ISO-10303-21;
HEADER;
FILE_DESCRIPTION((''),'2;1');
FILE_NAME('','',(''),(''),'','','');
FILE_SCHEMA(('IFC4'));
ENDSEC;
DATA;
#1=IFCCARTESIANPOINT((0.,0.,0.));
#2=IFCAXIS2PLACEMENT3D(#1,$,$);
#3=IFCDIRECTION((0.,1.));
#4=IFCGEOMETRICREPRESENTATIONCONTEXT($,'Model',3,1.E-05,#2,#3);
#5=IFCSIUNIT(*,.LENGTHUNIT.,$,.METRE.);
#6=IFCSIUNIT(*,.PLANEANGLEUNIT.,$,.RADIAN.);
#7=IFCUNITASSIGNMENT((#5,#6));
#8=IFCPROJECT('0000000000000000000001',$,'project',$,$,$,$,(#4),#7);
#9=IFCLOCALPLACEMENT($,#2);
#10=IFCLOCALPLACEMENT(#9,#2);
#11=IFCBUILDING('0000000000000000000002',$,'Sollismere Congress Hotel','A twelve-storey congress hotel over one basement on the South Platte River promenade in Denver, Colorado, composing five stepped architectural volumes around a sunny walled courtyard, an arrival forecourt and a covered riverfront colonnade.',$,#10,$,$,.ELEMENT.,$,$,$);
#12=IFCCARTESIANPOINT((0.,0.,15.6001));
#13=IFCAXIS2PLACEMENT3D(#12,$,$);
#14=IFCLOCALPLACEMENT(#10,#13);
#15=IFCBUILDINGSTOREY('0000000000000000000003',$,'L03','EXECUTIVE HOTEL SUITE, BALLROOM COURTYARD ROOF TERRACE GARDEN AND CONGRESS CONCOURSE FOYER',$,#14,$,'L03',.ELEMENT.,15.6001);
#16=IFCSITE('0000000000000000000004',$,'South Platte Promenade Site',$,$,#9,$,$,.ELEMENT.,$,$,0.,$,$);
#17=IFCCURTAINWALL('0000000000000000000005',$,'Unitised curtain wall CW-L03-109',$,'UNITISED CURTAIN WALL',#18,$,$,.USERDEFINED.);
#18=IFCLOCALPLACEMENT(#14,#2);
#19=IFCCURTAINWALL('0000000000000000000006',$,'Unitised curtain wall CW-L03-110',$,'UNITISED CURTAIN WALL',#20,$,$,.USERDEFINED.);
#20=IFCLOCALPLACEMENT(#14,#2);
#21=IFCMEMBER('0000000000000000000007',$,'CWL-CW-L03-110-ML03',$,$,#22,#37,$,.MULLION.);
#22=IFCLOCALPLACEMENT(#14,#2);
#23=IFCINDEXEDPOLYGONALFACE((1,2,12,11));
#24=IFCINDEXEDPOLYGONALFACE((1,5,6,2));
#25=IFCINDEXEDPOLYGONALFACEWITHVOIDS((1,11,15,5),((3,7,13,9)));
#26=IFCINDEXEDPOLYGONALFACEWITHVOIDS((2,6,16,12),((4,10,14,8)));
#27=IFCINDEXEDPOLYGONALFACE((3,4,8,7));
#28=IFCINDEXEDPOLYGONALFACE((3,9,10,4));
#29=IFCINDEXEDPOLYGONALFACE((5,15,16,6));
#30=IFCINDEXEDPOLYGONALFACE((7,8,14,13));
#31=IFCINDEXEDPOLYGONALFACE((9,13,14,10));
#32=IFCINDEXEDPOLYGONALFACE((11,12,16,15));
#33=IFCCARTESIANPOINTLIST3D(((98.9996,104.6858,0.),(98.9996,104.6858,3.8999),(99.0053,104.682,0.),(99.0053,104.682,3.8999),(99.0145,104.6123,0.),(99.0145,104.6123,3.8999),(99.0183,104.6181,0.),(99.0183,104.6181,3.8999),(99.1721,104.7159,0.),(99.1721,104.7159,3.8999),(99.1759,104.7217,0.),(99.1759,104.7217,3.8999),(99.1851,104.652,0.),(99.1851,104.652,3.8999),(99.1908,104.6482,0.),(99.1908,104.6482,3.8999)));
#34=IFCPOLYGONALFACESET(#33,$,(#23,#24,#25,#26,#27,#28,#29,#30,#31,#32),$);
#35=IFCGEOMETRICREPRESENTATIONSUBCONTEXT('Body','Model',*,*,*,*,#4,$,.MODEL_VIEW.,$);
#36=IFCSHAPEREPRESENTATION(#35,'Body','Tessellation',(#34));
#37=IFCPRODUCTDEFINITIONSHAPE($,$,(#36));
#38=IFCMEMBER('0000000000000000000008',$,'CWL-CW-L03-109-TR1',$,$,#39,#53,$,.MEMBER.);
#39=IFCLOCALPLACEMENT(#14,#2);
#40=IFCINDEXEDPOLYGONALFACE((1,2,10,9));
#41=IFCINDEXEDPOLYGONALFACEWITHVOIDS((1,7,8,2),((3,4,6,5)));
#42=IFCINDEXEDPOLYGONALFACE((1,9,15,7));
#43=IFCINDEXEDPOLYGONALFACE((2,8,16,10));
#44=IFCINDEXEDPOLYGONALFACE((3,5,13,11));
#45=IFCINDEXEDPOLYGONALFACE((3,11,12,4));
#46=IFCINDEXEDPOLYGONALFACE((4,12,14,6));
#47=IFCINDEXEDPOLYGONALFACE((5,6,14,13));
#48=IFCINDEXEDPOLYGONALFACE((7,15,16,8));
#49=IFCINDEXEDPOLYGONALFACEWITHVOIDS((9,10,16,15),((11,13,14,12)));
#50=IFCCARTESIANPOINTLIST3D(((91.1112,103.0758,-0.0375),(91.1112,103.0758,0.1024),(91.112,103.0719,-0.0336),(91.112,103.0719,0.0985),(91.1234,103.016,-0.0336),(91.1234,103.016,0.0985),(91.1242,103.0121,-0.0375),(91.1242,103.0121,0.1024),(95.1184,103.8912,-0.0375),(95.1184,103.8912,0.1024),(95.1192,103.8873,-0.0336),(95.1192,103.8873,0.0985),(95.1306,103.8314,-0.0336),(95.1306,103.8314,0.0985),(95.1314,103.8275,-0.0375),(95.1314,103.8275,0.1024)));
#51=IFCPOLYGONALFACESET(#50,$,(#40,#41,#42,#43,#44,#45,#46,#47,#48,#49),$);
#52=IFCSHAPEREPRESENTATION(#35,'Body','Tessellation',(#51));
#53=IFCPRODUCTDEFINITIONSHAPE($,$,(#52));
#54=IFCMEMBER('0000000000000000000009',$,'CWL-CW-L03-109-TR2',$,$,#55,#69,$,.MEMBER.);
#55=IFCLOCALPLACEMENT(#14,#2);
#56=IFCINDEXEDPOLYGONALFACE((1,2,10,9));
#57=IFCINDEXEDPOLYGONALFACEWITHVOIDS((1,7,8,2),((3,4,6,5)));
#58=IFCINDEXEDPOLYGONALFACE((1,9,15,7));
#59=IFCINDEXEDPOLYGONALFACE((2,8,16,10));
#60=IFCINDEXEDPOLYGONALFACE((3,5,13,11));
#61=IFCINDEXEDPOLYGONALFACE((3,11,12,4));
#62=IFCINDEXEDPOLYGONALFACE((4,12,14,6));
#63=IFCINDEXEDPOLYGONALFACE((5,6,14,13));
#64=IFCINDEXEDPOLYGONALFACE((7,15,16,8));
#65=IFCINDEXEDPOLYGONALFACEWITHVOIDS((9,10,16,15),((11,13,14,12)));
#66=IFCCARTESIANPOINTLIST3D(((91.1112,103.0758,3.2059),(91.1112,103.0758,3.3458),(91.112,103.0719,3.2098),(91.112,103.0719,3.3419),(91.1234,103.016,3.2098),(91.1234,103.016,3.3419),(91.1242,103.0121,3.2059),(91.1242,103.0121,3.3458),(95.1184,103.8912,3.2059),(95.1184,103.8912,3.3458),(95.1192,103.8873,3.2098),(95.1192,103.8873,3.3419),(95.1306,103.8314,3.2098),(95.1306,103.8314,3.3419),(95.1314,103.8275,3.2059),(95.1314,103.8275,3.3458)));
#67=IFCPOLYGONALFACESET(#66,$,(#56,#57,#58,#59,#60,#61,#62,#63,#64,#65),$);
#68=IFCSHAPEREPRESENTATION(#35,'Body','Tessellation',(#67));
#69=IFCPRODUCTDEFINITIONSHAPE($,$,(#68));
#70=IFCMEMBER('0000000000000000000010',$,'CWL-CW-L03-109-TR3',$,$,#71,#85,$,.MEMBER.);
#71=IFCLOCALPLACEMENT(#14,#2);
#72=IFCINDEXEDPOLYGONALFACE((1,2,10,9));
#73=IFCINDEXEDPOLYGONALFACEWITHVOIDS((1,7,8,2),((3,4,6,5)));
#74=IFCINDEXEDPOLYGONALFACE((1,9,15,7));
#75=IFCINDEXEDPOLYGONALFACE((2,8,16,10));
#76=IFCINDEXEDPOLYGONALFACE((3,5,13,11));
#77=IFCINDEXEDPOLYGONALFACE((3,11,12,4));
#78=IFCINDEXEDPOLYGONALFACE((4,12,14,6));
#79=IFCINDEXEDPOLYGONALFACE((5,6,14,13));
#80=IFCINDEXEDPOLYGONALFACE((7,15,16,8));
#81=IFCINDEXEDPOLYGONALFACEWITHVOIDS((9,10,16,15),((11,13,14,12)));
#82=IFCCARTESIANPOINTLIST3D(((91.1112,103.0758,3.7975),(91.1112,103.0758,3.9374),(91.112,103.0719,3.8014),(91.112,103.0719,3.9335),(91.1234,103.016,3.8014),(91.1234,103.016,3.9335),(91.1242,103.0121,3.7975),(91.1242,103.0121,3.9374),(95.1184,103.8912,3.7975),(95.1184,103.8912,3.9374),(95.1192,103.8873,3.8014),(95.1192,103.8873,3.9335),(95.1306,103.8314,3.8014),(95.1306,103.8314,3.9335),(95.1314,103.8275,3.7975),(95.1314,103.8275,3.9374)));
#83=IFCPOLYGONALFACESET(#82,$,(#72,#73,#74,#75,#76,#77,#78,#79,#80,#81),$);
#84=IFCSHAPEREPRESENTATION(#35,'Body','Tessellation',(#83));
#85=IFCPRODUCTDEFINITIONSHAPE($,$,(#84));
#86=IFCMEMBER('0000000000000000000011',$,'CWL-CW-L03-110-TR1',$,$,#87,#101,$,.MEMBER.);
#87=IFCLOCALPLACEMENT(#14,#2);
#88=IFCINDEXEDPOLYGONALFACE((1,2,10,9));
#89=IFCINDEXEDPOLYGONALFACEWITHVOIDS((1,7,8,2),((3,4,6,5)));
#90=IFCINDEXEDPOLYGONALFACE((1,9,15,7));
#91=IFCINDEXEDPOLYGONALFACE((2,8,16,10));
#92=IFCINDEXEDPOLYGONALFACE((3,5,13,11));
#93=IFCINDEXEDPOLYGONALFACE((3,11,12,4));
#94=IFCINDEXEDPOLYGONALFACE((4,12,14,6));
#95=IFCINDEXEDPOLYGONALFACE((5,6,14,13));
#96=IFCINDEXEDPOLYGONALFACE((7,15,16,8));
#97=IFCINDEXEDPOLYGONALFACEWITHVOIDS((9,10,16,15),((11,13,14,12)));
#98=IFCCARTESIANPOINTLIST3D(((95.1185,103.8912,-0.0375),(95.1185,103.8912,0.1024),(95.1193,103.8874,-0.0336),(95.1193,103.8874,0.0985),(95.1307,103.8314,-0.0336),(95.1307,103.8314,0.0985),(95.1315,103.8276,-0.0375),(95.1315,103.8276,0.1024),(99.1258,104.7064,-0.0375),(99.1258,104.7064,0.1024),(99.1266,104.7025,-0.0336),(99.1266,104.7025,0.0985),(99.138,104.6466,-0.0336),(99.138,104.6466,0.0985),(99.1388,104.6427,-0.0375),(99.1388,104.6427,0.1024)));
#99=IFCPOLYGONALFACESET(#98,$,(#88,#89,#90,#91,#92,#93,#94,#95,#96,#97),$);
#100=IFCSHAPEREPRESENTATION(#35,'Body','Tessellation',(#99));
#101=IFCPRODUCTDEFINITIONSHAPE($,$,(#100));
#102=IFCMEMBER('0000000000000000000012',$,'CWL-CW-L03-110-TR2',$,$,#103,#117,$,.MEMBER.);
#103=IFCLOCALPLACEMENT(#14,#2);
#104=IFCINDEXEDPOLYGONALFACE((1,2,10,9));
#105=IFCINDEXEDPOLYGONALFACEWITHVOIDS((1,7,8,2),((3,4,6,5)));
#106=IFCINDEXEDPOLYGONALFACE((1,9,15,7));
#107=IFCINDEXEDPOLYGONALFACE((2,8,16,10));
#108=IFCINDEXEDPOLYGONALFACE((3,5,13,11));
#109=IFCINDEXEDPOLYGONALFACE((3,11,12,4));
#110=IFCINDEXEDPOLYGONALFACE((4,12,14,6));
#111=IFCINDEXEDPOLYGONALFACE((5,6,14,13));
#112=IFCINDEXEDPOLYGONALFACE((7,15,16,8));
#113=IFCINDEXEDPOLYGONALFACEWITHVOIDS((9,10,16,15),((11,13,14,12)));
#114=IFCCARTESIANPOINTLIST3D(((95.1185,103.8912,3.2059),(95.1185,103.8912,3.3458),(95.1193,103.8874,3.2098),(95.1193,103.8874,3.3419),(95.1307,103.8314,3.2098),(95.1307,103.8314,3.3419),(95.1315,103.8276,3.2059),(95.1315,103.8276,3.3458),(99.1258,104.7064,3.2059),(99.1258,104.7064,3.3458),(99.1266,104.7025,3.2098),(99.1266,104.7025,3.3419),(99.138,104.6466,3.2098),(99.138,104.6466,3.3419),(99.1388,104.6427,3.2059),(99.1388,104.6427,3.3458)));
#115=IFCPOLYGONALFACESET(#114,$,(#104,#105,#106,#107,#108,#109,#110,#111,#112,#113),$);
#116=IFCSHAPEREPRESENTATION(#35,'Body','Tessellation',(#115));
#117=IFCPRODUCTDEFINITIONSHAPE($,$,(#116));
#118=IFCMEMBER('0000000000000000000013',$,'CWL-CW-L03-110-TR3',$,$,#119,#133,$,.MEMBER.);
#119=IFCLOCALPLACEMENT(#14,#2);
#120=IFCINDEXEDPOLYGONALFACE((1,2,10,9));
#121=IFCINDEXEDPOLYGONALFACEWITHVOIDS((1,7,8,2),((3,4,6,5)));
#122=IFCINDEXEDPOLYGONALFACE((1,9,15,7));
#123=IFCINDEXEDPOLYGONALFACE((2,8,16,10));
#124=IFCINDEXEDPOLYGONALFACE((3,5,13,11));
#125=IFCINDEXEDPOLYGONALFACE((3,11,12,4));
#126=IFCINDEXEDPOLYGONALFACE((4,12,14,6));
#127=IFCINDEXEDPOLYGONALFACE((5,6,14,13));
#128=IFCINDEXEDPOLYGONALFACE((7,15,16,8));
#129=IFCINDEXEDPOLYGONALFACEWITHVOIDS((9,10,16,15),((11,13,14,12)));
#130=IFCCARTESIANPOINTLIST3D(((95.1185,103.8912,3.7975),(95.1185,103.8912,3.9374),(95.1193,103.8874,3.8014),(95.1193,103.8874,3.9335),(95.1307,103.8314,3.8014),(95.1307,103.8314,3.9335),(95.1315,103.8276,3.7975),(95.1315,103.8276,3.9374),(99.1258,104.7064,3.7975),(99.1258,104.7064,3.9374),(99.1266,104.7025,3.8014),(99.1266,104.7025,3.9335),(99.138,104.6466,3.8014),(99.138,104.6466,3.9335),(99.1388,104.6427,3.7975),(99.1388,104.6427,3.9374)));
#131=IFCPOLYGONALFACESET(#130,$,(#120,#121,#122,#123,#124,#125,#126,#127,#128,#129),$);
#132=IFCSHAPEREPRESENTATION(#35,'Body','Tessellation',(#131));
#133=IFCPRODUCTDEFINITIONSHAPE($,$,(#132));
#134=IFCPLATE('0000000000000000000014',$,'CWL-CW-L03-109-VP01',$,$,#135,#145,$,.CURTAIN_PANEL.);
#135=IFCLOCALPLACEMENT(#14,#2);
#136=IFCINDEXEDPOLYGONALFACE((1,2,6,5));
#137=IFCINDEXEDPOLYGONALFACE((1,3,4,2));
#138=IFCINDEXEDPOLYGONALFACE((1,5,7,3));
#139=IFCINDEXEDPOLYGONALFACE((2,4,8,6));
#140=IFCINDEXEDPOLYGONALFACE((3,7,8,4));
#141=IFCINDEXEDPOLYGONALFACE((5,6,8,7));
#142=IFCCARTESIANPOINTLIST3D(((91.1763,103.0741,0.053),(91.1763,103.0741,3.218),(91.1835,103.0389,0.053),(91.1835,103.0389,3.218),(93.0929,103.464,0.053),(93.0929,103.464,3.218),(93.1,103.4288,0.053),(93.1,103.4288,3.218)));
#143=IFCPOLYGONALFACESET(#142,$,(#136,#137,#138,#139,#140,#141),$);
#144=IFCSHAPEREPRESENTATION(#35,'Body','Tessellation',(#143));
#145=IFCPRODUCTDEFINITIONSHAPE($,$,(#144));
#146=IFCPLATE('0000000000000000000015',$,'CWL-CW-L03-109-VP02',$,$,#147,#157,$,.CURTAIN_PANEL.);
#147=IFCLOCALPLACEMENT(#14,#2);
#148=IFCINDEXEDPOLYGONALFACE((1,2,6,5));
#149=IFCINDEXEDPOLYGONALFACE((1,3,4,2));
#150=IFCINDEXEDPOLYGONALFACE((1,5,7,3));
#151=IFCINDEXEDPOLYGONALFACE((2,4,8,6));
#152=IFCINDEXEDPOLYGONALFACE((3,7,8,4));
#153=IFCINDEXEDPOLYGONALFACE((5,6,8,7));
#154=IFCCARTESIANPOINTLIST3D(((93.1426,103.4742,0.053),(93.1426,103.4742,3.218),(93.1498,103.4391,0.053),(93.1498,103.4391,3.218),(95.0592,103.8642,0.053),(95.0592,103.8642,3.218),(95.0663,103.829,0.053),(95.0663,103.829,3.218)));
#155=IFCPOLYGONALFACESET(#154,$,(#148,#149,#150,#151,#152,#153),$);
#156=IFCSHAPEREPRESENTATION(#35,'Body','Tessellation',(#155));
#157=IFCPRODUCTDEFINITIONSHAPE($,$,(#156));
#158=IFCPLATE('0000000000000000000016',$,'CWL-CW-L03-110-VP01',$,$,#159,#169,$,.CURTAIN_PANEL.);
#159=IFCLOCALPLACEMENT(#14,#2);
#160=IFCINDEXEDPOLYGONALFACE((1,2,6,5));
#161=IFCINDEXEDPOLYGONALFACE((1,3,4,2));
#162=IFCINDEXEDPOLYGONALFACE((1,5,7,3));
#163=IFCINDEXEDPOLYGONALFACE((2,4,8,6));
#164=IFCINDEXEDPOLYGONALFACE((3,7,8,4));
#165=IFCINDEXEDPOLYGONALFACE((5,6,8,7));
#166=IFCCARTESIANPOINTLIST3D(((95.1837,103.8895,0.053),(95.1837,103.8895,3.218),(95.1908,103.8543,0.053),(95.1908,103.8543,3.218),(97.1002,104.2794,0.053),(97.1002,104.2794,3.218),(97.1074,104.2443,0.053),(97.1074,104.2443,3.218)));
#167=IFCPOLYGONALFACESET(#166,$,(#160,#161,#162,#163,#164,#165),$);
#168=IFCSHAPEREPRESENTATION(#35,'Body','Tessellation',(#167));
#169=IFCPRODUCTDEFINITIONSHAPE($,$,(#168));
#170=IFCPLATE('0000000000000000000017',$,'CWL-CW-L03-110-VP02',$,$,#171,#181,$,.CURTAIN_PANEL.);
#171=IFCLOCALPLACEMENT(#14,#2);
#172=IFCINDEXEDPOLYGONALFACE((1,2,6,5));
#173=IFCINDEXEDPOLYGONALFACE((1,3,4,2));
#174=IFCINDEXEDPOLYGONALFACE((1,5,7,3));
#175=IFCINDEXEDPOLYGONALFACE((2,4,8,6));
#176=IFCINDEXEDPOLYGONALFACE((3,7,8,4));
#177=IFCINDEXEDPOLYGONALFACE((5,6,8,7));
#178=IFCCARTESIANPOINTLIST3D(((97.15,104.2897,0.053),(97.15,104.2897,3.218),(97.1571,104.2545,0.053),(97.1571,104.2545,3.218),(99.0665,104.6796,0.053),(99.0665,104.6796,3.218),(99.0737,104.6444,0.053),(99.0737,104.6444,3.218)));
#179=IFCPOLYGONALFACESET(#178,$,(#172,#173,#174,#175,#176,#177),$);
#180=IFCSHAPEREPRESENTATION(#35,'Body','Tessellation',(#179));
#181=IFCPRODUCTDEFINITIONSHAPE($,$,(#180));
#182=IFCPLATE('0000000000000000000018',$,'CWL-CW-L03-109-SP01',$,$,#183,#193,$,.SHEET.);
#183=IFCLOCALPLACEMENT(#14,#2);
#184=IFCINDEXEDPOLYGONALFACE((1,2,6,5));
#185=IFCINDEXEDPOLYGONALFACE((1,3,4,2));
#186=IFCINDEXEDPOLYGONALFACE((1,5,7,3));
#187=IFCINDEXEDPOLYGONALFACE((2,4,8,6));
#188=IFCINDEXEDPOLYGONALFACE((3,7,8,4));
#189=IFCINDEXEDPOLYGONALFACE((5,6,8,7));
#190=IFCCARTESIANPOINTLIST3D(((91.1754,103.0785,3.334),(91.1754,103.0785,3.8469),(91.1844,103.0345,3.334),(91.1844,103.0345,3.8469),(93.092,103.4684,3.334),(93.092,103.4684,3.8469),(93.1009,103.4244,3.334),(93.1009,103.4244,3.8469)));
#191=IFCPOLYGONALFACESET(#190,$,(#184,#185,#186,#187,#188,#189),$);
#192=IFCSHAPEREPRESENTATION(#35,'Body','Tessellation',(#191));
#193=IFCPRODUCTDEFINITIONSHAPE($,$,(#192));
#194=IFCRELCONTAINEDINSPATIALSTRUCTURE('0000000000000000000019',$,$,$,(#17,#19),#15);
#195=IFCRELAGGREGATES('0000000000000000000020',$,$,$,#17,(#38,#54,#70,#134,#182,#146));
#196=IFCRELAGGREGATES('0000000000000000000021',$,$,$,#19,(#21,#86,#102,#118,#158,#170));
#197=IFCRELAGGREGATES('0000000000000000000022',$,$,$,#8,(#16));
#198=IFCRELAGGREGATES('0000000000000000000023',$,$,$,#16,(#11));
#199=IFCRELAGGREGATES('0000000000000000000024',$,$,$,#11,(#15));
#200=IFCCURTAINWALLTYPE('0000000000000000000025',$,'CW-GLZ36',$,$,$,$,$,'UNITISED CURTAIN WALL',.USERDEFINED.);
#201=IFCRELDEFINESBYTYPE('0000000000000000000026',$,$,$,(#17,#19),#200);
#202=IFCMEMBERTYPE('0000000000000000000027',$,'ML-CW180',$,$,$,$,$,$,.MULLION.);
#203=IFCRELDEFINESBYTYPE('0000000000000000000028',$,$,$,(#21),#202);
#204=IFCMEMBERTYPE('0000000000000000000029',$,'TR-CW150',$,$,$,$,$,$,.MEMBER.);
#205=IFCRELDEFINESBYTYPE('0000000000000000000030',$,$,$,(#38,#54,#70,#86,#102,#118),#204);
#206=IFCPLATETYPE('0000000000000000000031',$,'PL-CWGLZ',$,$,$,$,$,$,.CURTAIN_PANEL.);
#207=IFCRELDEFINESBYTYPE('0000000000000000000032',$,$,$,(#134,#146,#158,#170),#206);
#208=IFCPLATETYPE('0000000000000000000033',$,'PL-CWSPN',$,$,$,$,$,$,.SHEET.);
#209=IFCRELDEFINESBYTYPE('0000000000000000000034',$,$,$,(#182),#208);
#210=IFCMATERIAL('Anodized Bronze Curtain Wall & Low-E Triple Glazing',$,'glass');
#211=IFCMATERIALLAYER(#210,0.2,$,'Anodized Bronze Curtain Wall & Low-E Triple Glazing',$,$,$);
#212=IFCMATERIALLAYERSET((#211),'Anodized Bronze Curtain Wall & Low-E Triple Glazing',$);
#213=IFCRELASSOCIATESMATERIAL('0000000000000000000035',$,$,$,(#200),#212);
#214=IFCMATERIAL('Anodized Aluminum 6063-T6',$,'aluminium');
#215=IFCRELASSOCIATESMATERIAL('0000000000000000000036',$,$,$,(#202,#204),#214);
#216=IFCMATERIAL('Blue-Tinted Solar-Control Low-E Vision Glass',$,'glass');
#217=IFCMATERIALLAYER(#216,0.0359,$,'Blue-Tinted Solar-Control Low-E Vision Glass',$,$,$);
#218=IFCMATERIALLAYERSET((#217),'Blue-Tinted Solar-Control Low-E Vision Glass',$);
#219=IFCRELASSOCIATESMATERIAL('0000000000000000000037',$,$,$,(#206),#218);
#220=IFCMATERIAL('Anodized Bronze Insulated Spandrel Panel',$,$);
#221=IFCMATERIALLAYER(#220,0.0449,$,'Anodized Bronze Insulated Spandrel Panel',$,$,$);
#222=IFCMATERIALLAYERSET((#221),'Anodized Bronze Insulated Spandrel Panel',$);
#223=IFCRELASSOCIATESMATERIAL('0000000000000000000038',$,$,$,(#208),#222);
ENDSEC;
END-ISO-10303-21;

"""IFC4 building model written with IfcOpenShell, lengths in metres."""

from ifc_helpers import new_model, si_unit, direction, frame, origin, origin_2d, place, context, subcontext, project, spatial, rectangle, hollow_rectangle, extrude, material, layer, layer_set, material_profile, profile_set, type_object, element, aggregate, save


model = new_model("IFC4")

# Units and contexts
model_context = context("Model", 3, precision=1e-05, world=origin(), true_north=direction((0.0, 1.0)))
body_context = subcontext(model_context, "Body", "Model", "MODEL_VIEW")
ifc_project = project(units=[si_unit("LENGTHUNIT", "METRE"), si_unit("PLANEANGLEUNIT", "RADIAN")], contexts=[model_context])

# Site, building, storey
site_placement = place(None, origin())
site = spatial("IfcSite", under=ifc_project, at=site_placement, Name="South Platte Promenade Site", CompositionType="ELEMENT", RefElevation=0.0)
building_placement = place(site_placement, origin())
building = spatial("IfcBuilding", under=site, at=building_placement, Name="Sollismere Congress Hotel", Description="A twelve-storey congress hotel over one basement on the South Platte River promenade in Denver, Colorado, composing five stepped architectural volumes around a sunny walled courtyard, an arrival forecourt and a covered riverfront colonnade.", CompositionType="ELEMENT")
storey_placement = place(building_placement, frame((0.0, 0.0, 15.6001)))
storey = spatial("IfcBuildingStorey", under=building, at=storey_placement, Name="L03", Description="EXECUTIVE HOTEL SUITE, BALLROOM COURTYARD ROOF TERRACE GARDEN AND CONGRESS CONCOURSE FOYER", LongName="L03", CompositionType="ELEMENT", Elevation=15.6001)

# Curtain walls, member
ifc_material_1 = material(Name="Anodized Bronze Curtain Wall & Low-E Triple Glazing", Category="glass")
ifc_layer_1 = layer(ifc_material_1, 0.2, Name="Anodized Bronze Curtain Wall & Low-E Triple Glazing")
ifc_layer_set_1 = layer_set([ifc_layer_1], Name="Anodized Bronze Curtain Wall & Low-E Triple Glazing")
curtain_wall_type = type_object("IfcCurtainWallType", Name="CW-GLZ36", ElementType="UNITISED CURTAIN WALL", PredefinedType="USERDEFINED", material=ifc_layer_set_1)
curtain_wall_1_placement = place(storey_placement, origin())
curtain_wall_1 = element("IfcCurtainWall", 1, at=curtain_wall_1_placement, inside=storey, type_object=curtain_wall_type, Name="Unitised curtain wall CW-L03-109", ObjectType="UNITISED CURTAIN WALL", PredefinedType="USERDEFINED")
ifc_material_2 = material(Name="Anodized Aluminum 6063-T6", Category="aluminium")
ifc_material_profile_1 = material_profile(ifc_material_2, hollow_rectangle(XDim=0.075, YDim=0.1799, WallThickness=0.0049, at=origin_2d()), Name="ALU180X75X5")
ifc_profile_set_1 = profile_set([ifc_material_profile_1], Name="Anodized Aluminum 6063-T6")
member_type_1 = type_object("IfcMemberType", Name="ML-CW180", PredefinedType="MULLION", material=ifc_profile_set_1)
curtain_wall_2_placement = place(storey_placement, origin())
curtain_wall_2 = element("IfcCurtainWall", 2, at=curtain_wall_2_placement, inside=storey, type_object=curtain_wall_type, Name="Unitised curtain wall CW-L03-110", ObjectType="UNITISED CURTAIN WALL", PredefinedType="USERDEFINED")
member_1_placement = place(storey_placement, frame((99.0952, 104.667, 0.0), z_axis=(0.0, 0.0, 1.0), x_axis=(-0.199368, 0.979925, 0.0)))
member_1 = element("IfcMember", 3, at=member_1_placement, type_object=member_type_1, Name="CWL-CW-L03-110-ML03", PredefinedType="MULLION", context=body_context, shape_type="SweptSolid", body=[
    extrude(hollow_rectangle(XDim=0.075, YDim=0.1799, WallThickness=0.0049, at=origin_2d()), origin(), (0.0, 0.0, 1.0), 3.8999),
])

# Members
ifc_material_profile_2 = material_profile(ifc_material_2, hollow_rectangle(XDim=0.0649, YDim=0.1399, WallThickness=0.0039, at=origin_2d()), Name="ALU140X65X4")
ifc_profile_set_2 = profile_set([ifc_material_profile_2], Name="Anodized Aluminum 6063-T6")
member_type_2 = type_object("IfcMemberType", Name="TR-CW150", PredefinedType="MEMBER", material=ifc_profile_set_2)
member_2_placement = place(storey_placement, frame((91.1177, 103.0439, 0.0325), z_axis=(0.979918, 0.199399, 0.0), x_axis=(-0.199399, 0.979918, 0.0)))
member_2 = element("IfcMember", 4, at=member_2_placement, type_object=member_type_2, Name="CWL-CW-L03-109-TR1", PredefinedType="MEMBER", context=body_context, shape_type="SweptSolid", body=[
    extrude(hollow_rectangle(XDim=0.0649, YDim=0.1399, WallThickness=0.0039, at=origin_2d()), origin(), (0.0, 0.0, 1.0), 4.0894),
])
member_3_placement = place(storey_placement, frame((91.1177, 103.0439, 3.2759), z_axis=(0.979918, 0.199399, 0.0), x_axis=(-0.199399, 0.979918, 0.0)))
member_3 = element("IfcMember", 5, at=member_3_placement, type_object=member_type_2, Name="CWL-CW-L03-109-TR2", PredefinedType="MEMBER", context=body_context, shape_type="SweptSolid", body=[
    extrude(hollow_rectangle(XDim=0.0649, YDim=0.1399, WallThickness=0.0039, at=origin_2d()), origin(), (0.0, 0.0, 1.0), 4.0894),
])
member_4_placement = place(storey_placement, frame((91.1177, 103.0439, 3.8674), z_axis=(0.979918, 0.199399, 0.0), x_axis=(-0.199399, 0.979918, 0.0)))
member_4 = element("IfcMember", 6, at=member_4_placement, type_object=member_type_2, Name="CWL-CW-L03-109-TR3", PredefinedType="MEMBER", context=body_context, shape_type="SweptSolid", body=[
    extrude(hollow_rectangle(XDim=0.0649, YDim=0.1399, WallThickness=0.0039, at=origin_2d()), origin(), (0.0, 0.0, 1.0), 4.0894),
])
member_5_placement = place(storey_placement, frame((95.125, 103.8594, 0.0325), z_axis=(0.97993, 0.199341, 0.0), x_axis=(-0.199341, 0.97993, 0.0)))
member_5 = element("IfcMember", 7, at=member_5_placement, type_object=member_type_2, Name="CWL-CW-L03-110-TR1", PredefinedType="MEMBER", context=body_context, shape_type="SweptSolid", body=[
    extrude(hollow_rectangle(XDim=0.0649, YDim=0.1399, WallThickness=0.0039, at=origin_2d()), origin(), (0.0, 0.0, 1.0), 4.0894),
])
member_6_placement = place(storey_placement, frame((95.125, 103.8594, 3.2759), z_axis=(0.97993, 0.199341, 0.0), x_axis=(-0.199341, 0.97993, 0.0)))
member_6 = element("IfcMember", 8, at=member_6_placement, type_object=member_type_2, Name="CWL-CW-L03-110-TR2", PredefinedType="MEMBER", context=body_context, shape_type="SweptSolid", body=[
    extrude(hollow_rectangle(XDim=0.0649, YDim=0.1399, WallThickness=0.0039, at=origin_2d()), origin(), (0.0, 0.0, 1.0), 4.0894),
])
member_7_placement = place(storey_placement, frame((95.125, 103.8594, 3.8674), z_axis=(0.97993, 0.199341, 0.0), x_axis=(-0.199341, 0.97993, 0.0)))
member_7 = element("IfcMember", 9, at=member_7_placement, type_object=member_type_2, Name="CWL-CW-L03-110-TR3", PredefinedType="MEMBER", context=body_context, shape_type="SweptSolid", body=[
    extrude(hollow_rectangle(XDim=0.0649, YDim=0.1399, WallThickness=0.0039, at=origin_2d()), origin(), (0.0, 0.0, 1.0), 4.0894),
])

# Plates
ifc_material_3 = material(Name="Blue-Tinted Solar-Control Low-E Vision Glass", Category="glass")
ifc_layer_2 = layer(ifc_material_3, 0.0359, Name="Blue-Tinted Solar-Control Low-E Vision Glass")
ifc_layer_set_2 = layer_set([ifc_layer_2], Name="Blue-Tinted Solar-Control Low-E Vision Glass")
plate_type_1 = type_object("IfcPlateType", Name="PL-CWGLZ", PredefinedType="CURTAIN_PANEL", material=ifc_layer_set_2)
plate_1_placement = place(storey_placement, frame((92.1382, 103.2515, 0.053), z_axis=(0.0, 0.0, 1.0), x_axis=(0.979925, 0.199368, 0.0)))
plate_1 = element("IfcPlate", 10, at=plate_1_placement, type_object=plate_type_1, Name="CWL-CW-L03-109-VP01", PredefinedType="CURTAIN_PANEL", context=body_context, shape_type="SweptSolid", body=[
    extrude(rectangle(XDim=1.9558, YDim=0.0359, at=origin_2d()), origin(), (0.0, 0.0, 1.0), 3.165),
])
plate_2_placement = place(storey_placement, frame((94.1045, 103.6516, 0.053), z_axis=(0.0, 0.0, 1.0), x_axis=(0.979925, 0.199368, 0.0)))
plate_2 = element("IfcPlate", 11, at=plate_2_placement, type_object=plate_type_1, Name="CWL-CW-L03-109-VP02", PredefinedType="CURTAIN_PANEL", context=body_context, shape_type="SweptSolid", body=[
    extrude(rectangle(XDim=1.9558, YDim=0.0359, at=origin_2d()), origin(), (0.0, 0.0, 1.0), 3.165),
])
plate_3_placement = place(storey_placement, frame((96.1455, 104.0669, 0.053), z_axis=(0.0, 0.0, 1.0), x_axis=(0.979925, 0.199368, 0.0)))
plate_3 = element("IfcPlate", 12, at=plate_3_placement, type_object=plate_type_1, Name="CWL-CW-L03-110-VP01", PredefinedType="CURTAIN_PANEL", context=body_context, shape_type="SweptSolid", body=[
    extrude(rectangle(XDim=1.9558, YDim=0.0359, at=origin_2d()), origin(), (0.0, 0.0, 1.0), 3.165),
])
plate_4_placement = place(storey_placement, frame((98.1118, 104.467, 0.053), z_axis=(0.0, 0.0, 1.0), x_axis=(0.979925, 0.199368, 0.0)))
plate_4 = element("IfcPlate", 13, at=plate_4_placement, type_object=plate_type_1, Name="CWL-CW-L03-110-VP02", PredefinedType="CURTAIN_PANEL", context=body_context, shape_type="SweptSolid", body=[
    extrude(rectangle(XDim=1.9558, YDim=0.0359, at=origin_2d()), origin(), (0.0, 0.0, 1.0), 3.165),
])
ifc_material_4 = material(Name="Anodized Bronze Insulated Spandrel Panel")
ifc_layer_3 = layer(ifc_material_4, 0.0449, Name="Anodized Bronze Insulated Spandrel Panel")
ifc_layer_set_3 = layer_set([ifc_layer_3], Name="Anodized Bronze Insulated Spandrel Panel")
plate_type_2 = type_object("IfcPlateType", Name="PL-CWSPN", PredefinedType="SHEET", material=ifc_layer_set_3)
plate_5_placement = place(storey_placement, frame((92.1382, 103.2515, 3.334), z_axis=(0.0, 0.0, 1.0), x_axis=(0.979925, 0.199368, 0.0)))
plate_5 = element("IfcPlate", 14, at=plate_5_placement, type_object=plate_type_2, Name="CWL-CW-L03-109-SP01", PredefinedType="SHEET", context=body_context, shape_type="SweptSolid", body=[
    extrude(rectangle(XDim=1.9558, YDim=0.0449, at=origin_2d()), origin(), (0.0, 0.0, 1.0), 0.5129),
])
aggregate(curtain_wall_1, [member_2, member_3, member_4, plate_1, plate_5, plate_2])
aggregate(curtain_wall_2, [member_1, member_5, member_6, member_7, plate_3, plate_4])

save(model, "model.ifc")
